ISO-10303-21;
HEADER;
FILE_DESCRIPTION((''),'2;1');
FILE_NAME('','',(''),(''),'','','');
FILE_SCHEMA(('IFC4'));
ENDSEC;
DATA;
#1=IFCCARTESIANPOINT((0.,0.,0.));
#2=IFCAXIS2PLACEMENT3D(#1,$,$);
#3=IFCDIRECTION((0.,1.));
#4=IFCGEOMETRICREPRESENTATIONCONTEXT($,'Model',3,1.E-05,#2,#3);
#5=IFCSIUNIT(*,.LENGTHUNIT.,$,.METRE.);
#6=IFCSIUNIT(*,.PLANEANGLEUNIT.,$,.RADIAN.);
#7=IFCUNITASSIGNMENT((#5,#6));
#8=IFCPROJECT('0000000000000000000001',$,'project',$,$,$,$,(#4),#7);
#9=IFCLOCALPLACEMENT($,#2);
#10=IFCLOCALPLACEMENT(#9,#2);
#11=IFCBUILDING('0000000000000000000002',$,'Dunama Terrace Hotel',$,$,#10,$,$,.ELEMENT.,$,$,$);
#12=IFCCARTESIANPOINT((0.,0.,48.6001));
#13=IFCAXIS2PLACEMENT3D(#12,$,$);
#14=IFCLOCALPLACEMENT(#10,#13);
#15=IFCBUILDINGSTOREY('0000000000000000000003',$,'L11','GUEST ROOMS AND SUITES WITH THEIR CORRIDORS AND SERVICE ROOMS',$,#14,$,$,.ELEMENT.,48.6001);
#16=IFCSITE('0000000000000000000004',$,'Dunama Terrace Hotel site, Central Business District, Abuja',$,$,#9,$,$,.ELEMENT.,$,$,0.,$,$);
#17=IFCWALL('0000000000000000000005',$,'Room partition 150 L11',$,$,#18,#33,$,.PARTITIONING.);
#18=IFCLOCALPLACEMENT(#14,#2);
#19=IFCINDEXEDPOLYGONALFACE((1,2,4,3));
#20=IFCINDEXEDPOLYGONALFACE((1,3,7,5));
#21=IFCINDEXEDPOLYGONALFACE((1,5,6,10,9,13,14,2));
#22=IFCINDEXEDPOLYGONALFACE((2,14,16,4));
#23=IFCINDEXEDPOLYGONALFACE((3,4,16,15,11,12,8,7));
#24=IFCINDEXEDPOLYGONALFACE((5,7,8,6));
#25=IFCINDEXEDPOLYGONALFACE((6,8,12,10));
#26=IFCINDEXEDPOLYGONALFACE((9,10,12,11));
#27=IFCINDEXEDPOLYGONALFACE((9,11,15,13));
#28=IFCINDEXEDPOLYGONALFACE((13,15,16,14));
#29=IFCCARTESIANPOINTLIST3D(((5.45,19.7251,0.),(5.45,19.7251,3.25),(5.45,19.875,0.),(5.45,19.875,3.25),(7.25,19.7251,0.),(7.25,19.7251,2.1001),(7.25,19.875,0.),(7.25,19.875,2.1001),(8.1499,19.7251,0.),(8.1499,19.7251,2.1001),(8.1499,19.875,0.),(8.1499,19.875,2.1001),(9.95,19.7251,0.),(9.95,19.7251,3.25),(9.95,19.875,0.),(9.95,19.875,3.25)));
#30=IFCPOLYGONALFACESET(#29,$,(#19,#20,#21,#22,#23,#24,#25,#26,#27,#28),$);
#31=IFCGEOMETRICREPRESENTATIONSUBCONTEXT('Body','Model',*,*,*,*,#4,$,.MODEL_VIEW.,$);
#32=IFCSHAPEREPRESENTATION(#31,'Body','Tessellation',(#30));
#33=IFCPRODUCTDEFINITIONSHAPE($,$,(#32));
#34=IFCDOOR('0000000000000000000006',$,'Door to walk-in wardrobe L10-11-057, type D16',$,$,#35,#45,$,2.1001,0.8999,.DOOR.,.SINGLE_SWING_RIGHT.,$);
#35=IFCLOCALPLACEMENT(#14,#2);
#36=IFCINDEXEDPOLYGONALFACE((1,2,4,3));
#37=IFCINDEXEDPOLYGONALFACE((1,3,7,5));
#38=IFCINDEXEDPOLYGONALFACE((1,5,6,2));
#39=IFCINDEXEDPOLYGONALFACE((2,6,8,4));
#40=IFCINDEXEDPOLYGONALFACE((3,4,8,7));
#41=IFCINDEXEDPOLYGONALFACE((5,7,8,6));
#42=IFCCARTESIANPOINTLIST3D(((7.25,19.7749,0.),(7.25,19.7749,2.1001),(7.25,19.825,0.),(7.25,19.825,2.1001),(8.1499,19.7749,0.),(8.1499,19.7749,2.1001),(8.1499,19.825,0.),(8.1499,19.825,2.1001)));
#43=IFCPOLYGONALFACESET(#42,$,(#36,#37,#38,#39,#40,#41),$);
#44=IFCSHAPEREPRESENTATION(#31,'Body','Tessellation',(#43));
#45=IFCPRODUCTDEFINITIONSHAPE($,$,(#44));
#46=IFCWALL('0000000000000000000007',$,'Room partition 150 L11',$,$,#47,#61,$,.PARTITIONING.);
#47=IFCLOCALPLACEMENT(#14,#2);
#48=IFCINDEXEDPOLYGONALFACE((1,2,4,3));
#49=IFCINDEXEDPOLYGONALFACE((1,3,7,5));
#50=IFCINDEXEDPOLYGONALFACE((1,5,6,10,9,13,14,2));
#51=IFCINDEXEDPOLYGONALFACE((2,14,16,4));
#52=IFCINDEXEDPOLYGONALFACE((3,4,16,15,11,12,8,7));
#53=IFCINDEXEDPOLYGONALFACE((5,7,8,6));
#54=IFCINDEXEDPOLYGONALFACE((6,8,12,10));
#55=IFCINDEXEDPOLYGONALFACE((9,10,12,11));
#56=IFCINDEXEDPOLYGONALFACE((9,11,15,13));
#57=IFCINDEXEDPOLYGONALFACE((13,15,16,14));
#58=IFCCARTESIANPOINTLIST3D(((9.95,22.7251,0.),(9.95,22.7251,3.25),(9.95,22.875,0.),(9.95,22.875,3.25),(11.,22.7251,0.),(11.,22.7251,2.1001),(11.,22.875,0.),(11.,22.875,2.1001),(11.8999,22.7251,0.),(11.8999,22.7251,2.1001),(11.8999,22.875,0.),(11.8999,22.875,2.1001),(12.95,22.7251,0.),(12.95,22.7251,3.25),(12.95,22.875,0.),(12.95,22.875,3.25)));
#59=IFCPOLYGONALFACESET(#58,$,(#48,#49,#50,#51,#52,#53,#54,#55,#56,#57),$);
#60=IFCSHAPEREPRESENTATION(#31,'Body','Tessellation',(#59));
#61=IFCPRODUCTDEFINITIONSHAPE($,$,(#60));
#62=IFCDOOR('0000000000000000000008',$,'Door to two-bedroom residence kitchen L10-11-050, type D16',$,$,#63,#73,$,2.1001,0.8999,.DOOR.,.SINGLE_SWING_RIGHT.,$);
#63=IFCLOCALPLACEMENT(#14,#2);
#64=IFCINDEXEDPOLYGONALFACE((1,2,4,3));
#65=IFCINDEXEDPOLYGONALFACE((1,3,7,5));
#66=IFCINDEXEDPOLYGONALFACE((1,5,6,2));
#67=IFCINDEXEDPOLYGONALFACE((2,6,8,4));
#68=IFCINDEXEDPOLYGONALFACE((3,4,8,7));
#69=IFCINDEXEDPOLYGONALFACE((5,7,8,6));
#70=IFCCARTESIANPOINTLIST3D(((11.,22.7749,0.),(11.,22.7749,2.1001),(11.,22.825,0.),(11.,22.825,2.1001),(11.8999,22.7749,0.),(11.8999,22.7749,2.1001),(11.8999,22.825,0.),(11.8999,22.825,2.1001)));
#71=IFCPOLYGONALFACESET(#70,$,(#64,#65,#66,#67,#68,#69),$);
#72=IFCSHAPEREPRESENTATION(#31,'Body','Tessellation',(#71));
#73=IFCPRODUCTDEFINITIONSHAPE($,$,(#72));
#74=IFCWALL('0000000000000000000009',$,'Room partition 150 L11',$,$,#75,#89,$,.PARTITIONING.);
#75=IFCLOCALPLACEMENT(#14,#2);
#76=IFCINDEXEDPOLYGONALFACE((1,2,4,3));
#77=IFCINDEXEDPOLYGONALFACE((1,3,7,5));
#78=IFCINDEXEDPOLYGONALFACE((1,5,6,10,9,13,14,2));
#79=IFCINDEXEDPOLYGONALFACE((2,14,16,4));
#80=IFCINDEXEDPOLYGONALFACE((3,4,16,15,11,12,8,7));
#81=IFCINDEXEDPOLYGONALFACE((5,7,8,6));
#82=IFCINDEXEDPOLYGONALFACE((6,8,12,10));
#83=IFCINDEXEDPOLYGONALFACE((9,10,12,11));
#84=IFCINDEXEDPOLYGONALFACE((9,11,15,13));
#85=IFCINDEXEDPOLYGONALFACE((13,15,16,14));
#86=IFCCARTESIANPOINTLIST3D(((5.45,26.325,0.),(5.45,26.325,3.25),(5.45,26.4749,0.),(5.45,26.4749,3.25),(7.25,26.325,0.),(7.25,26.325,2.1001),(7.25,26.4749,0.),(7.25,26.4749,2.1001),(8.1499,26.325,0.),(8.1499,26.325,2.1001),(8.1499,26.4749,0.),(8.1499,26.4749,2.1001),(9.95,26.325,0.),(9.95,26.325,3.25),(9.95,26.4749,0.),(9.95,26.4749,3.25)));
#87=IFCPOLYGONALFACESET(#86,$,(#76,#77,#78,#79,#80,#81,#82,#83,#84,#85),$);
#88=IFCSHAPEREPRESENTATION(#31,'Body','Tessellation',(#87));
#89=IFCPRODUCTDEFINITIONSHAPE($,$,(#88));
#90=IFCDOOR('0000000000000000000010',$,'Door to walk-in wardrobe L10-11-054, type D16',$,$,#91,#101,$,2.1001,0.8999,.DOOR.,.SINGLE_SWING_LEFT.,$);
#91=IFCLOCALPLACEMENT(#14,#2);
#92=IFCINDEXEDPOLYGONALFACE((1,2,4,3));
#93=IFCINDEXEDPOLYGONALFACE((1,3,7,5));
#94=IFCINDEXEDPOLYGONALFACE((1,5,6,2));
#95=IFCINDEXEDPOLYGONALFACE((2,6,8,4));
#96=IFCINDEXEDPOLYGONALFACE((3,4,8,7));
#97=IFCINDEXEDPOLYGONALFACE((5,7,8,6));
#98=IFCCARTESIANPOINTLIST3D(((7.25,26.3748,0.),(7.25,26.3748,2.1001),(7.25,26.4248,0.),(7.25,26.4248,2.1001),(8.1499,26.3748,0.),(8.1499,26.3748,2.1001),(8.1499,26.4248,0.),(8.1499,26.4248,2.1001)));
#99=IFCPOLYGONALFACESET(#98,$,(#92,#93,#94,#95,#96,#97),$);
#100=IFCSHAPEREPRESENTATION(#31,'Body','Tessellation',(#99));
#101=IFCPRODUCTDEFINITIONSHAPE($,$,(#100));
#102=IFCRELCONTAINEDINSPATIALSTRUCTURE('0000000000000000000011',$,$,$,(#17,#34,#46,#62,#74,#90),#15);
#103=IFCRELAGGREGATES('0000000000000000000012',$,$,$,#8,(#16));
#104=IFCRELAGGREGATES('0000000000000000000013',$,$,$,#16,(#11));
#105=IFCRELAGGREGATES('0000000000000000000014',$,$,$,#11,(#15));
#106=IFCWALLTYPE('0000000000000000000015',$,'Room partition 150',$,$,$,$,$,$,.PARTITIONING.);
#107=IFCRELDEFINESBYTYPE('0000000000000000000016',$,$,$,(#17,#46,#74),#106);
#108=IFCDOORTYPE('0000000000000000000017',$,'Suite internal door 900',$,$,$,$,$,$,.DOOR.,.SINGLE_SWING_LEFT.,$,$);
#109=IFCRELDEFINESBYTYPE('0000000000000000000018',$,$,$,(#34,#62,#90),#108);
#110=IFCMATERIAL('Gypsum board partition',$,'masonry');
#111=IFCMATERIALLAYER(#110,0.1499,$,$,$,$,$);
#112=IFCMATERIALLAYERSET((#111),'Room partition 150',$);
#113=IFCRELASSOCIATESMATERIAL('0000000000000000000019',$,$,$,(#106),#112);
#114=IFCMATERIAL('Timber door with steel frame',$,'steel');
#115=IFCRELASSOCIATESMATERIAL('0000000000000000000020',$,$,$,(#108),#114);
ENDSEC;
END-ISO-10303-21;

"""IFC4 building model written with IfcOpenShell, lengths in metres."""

from ifc_helpers import new_model, si_unit, direction, frame, frame_2d, origin, place, context, subcontext, project, spatial, rectangle, extrude, material, layer, layer_set, type_object, element, fill, save


model = new_model("IFC4")

# Units and contexts
model_context = context("Model", 3, precision=1e-05, world=origin(), true_north=direction((0.0, 1.0)))
body_context = subcontext(model_context, "Body", "Model", "MODEL_VIEW")
ifc_project = project(units=[si_unit("LENGTHUNIT", "METRE"), si_unit("PLANEANGLEUNIT", "RADIAN")], contexts=[model_context])

# Site, building, storey
site_placement = place(None, origin())
site = spatial("IfcSite", under=ifc_project, at=site_placement, Name="Dunama Terrace Hotel site, Central Business District, Abuja", CompositionType="ELEMENT", RefElevation=0.0)
building_placement = place(site_placement, origin())
building = spatial("IfcBuilding", under=site, at=building_placement, Name="Dunama Terrace Hotel", CompositionType="ELEMENT")
storey_placement = place(building_placement, frame((0.0, 0.0, 48.6001)))
storey = spatial("IfcBuildingStorey", under=building, at=storey_placement, Name="L11", Description="GUEST ROOMS AND SUITES WITH THEIR CORRIDORS AND SERVICE ROOMS", CompositionType="ELEMENT", Elevation=48.6001)

# Shared definitions
ifc_material_1 = material(Name="Gypsum board partition", Category="masonry")
ifc_layer_1 = layer(ifc_material_1, 0.1499)
ifc_layer_set_1 = layer_set([ifc_layer_1], Name="Room partition 150")
wall_type_1 = type_object("IfcWallType", Name="Room partition 150", PredefinedType="PARTITIONING", material=ifc_layer_set_1)

# Walls, openings, doors
wall_1_placement = place(storey_placement, frame((5.45, 19.8, 0.0), z_axis=(0.0, 0.0, 1.0), x_axis=(1.0, 0.0, 0.0)))
wall_1 = element("IfcWall", 1, at=wall_1_placement, inside=storey, type_object=wall_type_1, Name="Room partition 150 L11", PredefinedType="PARTITIONING", context=body_context, shape_type="SweptSolid", body=[
    extrude(rectangle(XDim=4.5, YDim=0.1499, at=frame_2d((2.25, 0.0))), origin(), (0.0, 0.0, 1.0), 3.25),
])
opening_1_placement = place(wall_1_placement, frame((1.8, 0.0, 0.0)))
opening_1 = element("IfcOpeningElement", 2, at=opening_1_placement, cuts=wall_1, PredefinedType="OPENING", context=body_context, shape_type="SweptSolid", body=[
    extrude(rectangle(XDim=0.8999, YDim=2.1001, at=frame_2d((0.45, 1.05))), frame((0.0, 0.085, 0.0), z_axis=(0.0, -1.0, 0.0), x_axis=(1.0, 0.0, 0.0)), (0.0, 0.0, 1.0), 0.1699),
])
ifc_material_2 = material(Name="Timber door with steel frame", Category="steel")
door_type_1 = type_object("IfcDoorType", Name="Suite internal door 900", OperationType="SINGLE_SWING_LEFT", PredefinedType="DOOR", material=ifc_material_2)
door_1_placement = place(opening_1_placement, frame((0.8999, 0.0, 0.0), z_axis=(0.0, 0.0, 1.0), x_axis=(-1.0, 0.0, 0.0)))
door_1 = element("IfcDoor", 3, at=door_1_placement, inside=storey, type_object=door_type_1, Name="Door to walk-in wardrobe L10-11-057, type D16", OperationType="SINGLE_SWING_RIGHT", OverallHeight=2.1001, OverallWidth=0.8999, PredefinedType="DOOR", context=body_context, shape_type="SweptSolid", body=[
    extrude(rectangle(XDim=0.8999, YDim=2.1001, at=frame_2d((0.45, 1.05))), frame((0.0, 0.0251, 0.0), z_axis=(0.0, -1.0, 0.0), x_axis=(1.0, 0.0, 0.0)), (0.0, 0.0, 1.0), 0.05),
])
fill(opening_1, door_1)
wall_2_placement = place(storey_placement, frame((9.95, 22.8, 0.0), z_axis=(0.0, 0.0, 1.0), x_axis=(1.0, 0.0, 0.0)))
wall_2 = element("IfcWall", 4, at=wall_2_placement, inside=storey, type_object=wall_type_1, Name="Room partition 150 L11", PredefinedType="PARTITIONING", context=body_context, shape_type="SweptSolid", body=[
    extrude(rectangle(XDim=3.0, YDim=0.1499, at=frame_2d((1.5, 0.0))), origin(), (0.0, 0.0, 1.0), 3.25),
])
opening_2_placement = place(wall_2_placement, frame((1.05, 0.0, 0.0)))
opening_2 = element("IfcOpeningElement", 5, at=opening_2_placement, cuts=wall_2, PredefinedType="OPENING", context=body_context, shape_type="SweptSolid", body=[
    extrude(rectangle(XDim=0.8999, YDim=2.1001, at=frame_2d((0.45, 1.05))), frame((0.0, 0.085, 0.0), z_axis=(0.0, -1.0, 0.0), x_axis=(1.0, 0.0, 0.0)), (0.0, 0.0, 1.0), 0.1699),
])
door_2_placement = place(opening_2_placement, origin())
door_2 = element("IfcDoor", 6, at=door_2_placement, inside=storey, type_object=door_type_1, Name="Door to two-bedroom residence kitchen L10-11-050, type D16", OperationType="SINGLE_SWING_RIGHT", OverallHeight=2.1001, OverallWidth=0.8999, PredefinedType="DOOR", context=body_context, shape_type="SweptSolid", body=[
    extrude(rectangle(XDim=0.8999, YDim=2.1001, at=frame_2d((0.45, 1.05))), frame((0.0, 0.0249, 0.0), z_axis=(0.0, -1.0, 0.0), x_axis=(1.0, 0.0, 0.0)), (0.0, 0.0, 1.0), 0.05),
])
fill(opening_2, door_2)
wall_3_placement = place(storey_placement, frame((5.45, 26.3999, 0.0), z_axis=(0.0, 0.0, 1.0), x_axis=(1.0, 0.0, 0.0)))
wall_3 = element("IfcWall", 7, at=wall_3_placement, inside=storey, type_object=wall_type_1, Name="Room partition 150 L11", PredefinedType="PARTITIONING", context=body_context, shape_type="SweptSolid", body=[
    extrude(rectangle(XDim=4.5, YDim=0.1499, at=frame_2d((2.25, 0.0))), origin(), (0.0, 0.0, 1.0), 3.25),
])
opening_3_placement = place(wall_3_placement, frame((1.8, 0.0, 0.0)))
opening_3 = element("IfcOpeningElement", 8, at=opening_3_placement, cuts=wall_3, PredefinedType="OPENING", context=body_context, shape_type="SweptSolid", body=[
    extrude(rectangle(XDim=0.8999, YDim=2.1001, at=frame_2d((0.45, 1.05))), frame((0.0, 0.085, 0.0), z_axis=(0.0, -1.0, 0.0), x_axis=(1.0, 0.0, 0.0)), (0.0, 0.0, 1.0), 0.1699),
])
door_3_placement = place(opening_3_placement, origin())
door_3 = element("IfcDoor", 9, at=door_3_placement, inside=storey, type_object=door_type_1, Name="Door to walk-in wardrobe L10-11-054, type D16", OperationType="SINGLE_SWING_LEFT", OverallHeight=2.1001, OverallWidth=0.8999, PredefinedType="DOOR", context=body_context, shape_type="SweptSolid", body=[
    extrude(rectangle(XDim=0.8999, YDim=2.1001, at=frame_2d((0.45, 1.05))), frame((0.0, 0.0249, 0.0), z_axis=(0.0, -1.0, 0.0), x_axis=(1.0, 0.0, 0.0)), (0.0, 0.0, 1.0), 0.05),
])
fill(opening_3, door_3)

save(model, "model.ifc")
